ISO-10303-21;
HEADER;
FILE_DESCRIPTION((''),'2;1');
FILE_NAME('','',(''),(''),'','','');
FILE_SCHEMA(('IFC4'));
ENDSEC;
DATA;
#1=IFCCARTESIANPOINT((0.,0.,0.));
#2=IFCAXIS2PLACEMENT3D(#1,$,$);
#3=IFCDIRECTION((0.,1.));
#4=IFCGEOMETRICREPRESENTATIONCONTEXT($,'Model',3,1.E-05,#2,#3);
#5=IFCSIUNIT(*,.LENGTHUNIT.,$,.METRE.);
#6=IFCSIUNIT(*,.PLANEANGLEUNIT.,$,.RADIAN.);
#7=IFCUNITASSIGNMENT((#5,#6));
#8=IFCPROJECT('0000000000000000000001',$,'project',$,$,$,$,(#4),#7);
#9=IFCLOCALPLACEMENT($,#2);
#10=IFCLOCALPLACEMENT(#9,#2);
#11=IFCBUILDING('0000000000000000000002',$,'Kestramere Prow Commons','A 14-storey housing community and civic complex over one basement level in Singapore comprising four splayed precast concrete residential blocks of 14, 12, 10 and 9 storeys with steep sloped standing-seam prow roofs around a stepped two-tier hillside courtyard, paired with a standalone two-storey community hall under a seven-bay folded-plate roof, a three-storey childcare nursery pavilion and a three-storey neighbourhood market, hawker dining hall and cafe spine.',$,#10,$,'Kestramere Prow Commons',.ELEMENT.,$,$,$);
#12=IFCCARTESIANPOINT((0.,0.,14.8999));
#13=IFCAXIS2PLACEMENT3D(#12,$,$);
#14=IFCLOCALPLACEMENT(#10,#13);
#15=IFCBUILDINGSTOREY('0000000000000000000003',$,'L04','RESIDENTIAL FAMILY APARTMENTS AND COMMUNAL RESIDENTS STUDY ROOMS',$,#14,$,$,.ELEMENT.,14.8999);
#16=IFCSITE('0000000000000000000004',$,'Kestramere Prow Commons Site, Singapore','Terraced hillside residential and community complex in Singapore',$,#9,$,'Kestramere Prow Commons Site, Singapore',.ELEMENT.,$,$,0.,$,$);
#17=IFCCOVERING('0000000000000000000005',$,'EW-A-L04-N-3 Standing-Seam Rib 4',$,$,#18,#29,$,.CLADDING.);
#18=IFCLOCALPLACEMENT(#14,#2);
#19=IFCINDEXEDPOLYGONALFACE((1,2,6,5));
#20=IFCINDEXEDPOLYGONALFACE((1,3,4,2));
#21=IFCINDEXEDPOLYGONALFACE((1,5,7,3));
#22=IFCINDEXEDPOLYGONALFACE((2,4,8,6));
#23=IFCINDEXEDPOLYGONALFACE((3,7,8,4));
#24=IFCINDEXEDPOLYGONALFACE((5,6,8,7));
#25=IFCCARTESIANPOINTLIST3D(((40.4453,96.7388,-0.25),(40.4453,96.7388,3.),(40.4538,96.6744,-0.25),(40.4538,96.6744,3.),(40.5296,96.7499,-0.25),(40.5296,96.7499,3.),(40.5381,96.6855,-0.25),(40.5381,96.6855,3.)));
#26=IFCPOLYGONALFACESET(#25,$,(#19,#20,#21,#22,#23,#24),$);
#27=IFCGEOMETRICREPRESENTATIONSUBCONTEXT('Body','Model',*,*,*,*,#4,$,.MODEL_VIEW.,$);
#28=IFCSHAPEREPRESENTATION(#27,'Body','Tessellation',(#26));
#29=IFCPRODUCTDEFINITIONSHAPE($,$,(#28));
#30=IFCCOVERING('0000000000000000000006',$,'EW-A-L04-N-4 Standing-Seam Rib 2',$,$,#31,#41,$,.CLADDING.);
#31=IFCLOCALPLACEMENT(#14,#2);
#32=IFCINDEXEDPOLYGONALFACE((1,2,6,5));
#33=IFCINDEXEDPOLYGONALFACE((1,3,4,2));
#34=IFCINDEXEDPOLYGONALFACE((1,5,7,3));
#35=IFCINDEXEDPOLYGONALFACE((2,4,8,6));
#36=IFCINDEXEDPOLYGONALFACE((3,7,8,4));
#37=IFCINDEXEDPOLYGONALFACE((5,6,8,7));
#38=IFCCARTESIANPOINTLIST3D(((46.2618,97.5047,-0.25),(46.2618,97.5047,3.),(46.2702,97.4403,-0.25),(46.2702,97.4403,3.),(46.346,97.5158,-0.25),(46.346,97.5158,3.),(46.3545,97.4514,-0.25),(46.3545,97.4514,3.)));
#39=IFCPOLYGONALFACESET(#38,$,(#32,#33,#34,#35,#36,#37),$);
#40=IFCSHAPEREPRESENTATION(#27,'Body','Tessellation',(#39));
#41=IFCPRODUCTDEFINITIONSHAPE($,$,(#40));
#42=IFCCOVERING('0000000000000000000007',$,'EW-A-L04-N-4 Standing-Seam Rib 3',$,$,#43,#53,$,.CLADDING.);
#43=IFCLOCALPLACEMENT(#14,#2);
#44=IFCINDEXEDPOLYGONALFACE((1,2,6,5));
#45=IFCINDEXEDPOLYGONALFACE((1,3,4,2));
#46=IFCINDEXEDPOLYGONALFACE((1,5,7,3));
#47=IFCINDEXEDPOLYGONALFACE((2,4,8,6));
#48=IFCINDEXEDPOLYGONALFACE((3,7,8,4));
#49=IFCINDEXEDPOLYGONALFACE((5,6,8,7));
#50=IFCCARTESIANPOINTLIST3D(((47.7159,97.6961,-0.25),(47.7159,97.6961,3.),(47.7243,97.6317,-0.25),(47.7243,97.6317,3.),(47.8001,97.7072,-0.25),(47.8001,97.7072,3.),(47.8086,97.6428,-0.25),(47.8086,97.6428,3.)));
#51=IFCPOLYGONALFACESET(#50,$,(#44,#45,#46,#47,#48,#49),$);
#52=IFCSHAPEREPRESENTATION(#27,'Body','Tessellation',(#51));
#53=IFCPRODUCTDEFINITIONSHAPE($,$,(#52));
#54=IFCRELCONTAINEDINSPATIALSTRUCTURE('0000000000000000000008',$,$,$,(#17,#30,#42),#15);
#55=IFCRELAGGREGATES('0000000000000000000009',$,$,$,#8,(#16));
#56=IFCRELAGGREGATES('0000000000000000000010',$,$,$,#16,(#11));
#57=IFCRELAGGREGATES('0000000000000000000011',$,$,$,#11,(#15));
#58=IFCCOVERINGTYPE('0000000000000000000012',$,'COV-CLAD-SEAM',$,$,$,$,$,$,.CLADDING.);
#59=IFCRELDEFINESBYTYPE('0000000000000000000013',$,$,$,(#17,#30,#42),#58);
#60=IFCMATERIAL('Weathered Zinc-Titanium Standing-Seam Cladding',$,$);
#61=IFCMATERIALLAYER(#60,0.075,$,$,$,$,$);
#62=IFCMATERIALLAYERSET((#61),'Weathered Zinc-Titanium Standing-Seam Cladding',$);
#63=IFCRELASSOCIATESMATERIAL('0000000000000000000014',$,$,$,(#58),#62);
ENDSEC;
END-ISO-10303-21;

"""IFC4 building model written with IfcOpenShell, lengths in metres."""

from ifc_helpers import new_model, si_unit, direction, frame, origin, origin_2d, place, context, subcontext, project, spatial, rectangle, extrude, material, layer, layer_set, type_object, element, save


model = new_model("IFC4")

# Units and contexts
model_context = context("Model", 3, precision=1e-05, world=origin(), true_north=direction((0.0, 1.0)))
body_context = subcontext(model_context, "Body", "Model", "MODEL_VIEW")
ifc_project = project(units=[si_unit("LENGTHUNIT", "METRE"), si_unit("PLANEANGLEUNIT", "RADIAN")], contexts=[model_context])

# Site, building, storey
site_placement = place(None, origin())
site = spatial("IfcSite", under=ifc_project, at=site_placement, Name="Kestramere Prow Commons Site, Singapore", Description="Terraced hillside residential and community complex in Singapore", LongName="Kestramere Prow Commons Site, Singapore", CompositionType="ELEMENT", RefElevation=0.0)
building_placement = place(site_placement, origin())
building = spatial("IfcBuilding", under=site, at=building_placement, Name="Kestramere Prow Commons", Description="A 14-storey housing community and civic complex over one basement level in Singapore comprising four splayed precast concrete residential blocks of 14, 12, 10 and 9 storeys with steep sloped standing-seam prow roofs around a stepped two-tier hillside courtyard, paired with a standalone two-storey community hall under a seven-bay folded-plate roof, a three-storey childcare nursery pavilion and a three-storey neighbourhood market, hawker dining hall and cafe spine.", LongName="Kestramere Prow Commons", CompositionType="ELEMENT")
storey_placement = place(building_placement, frame((0.0, 0.0, 14.8999)))
storey = spatial("IfcBuildingStorey", under=building, at=storey_placement, Name="L04", Description="RESIDENTIAL FAMILY APARTMENTS AND COMMUNAL RESIDENTS STUDY ROOMS", CompositionType="ELEMENT", Elevation=14.8999)

# Coverings
ifc_material_1 = material(Name="Weathered Zinc-Titanium Standing-Seam Cladding")
ifc_layer_1 = layer(ifc_material_1, 0.075)
ifc_layer_set_1 = layer_set([ifc_layer_1], Name="Weathered Zinc-Titanium Standing-Seam Cladding")
covering_type = type_object("IfcCoveringType", Name="COV-CLAD-SEAM", PredefinedType="CLADDING", material=ifc_layer_set_1)
for number, where, z_axis, x_axis, name in (
    (1, (40.4917, 96.7122, -0.25), (0.0, 0.0, 1.0), (0.991445, 0.130526, 0.0), "EW-A-L04-N-3 Standing-Seam Rib 4"),
    (2, (46.3081, 97.478, -0.25), (0.0, 0.0, 1.0), (0.991445, 0.130526, 0.0), "EW-A-L04-N-4 Standing-Seam Rib 2"),
    (3, (47.7622, 97.6694, -0.25), (0.0, 0.0, 1.0), (0.991445, 0.130526, 0.0), "EW-A-L04-N-4 Standing-Seam Rib 3"),
):
    element("IfcCovering", number, at=place(storey_placement, frame(where, z_axis=z_axis, x_axis=x_axis)), inside=storey, type_object=covering_type, Name=name, PredefinedType="CLADDING", context=body_context, shape_type="SweptSolid", body=[
        extrude(rectangle(XDim=0.085, YDim=0.0649, at=origin_2d()), origin(), (0.0, 0.0, 1.0), 3.25),
    ])

save(model, "model.ifc")
